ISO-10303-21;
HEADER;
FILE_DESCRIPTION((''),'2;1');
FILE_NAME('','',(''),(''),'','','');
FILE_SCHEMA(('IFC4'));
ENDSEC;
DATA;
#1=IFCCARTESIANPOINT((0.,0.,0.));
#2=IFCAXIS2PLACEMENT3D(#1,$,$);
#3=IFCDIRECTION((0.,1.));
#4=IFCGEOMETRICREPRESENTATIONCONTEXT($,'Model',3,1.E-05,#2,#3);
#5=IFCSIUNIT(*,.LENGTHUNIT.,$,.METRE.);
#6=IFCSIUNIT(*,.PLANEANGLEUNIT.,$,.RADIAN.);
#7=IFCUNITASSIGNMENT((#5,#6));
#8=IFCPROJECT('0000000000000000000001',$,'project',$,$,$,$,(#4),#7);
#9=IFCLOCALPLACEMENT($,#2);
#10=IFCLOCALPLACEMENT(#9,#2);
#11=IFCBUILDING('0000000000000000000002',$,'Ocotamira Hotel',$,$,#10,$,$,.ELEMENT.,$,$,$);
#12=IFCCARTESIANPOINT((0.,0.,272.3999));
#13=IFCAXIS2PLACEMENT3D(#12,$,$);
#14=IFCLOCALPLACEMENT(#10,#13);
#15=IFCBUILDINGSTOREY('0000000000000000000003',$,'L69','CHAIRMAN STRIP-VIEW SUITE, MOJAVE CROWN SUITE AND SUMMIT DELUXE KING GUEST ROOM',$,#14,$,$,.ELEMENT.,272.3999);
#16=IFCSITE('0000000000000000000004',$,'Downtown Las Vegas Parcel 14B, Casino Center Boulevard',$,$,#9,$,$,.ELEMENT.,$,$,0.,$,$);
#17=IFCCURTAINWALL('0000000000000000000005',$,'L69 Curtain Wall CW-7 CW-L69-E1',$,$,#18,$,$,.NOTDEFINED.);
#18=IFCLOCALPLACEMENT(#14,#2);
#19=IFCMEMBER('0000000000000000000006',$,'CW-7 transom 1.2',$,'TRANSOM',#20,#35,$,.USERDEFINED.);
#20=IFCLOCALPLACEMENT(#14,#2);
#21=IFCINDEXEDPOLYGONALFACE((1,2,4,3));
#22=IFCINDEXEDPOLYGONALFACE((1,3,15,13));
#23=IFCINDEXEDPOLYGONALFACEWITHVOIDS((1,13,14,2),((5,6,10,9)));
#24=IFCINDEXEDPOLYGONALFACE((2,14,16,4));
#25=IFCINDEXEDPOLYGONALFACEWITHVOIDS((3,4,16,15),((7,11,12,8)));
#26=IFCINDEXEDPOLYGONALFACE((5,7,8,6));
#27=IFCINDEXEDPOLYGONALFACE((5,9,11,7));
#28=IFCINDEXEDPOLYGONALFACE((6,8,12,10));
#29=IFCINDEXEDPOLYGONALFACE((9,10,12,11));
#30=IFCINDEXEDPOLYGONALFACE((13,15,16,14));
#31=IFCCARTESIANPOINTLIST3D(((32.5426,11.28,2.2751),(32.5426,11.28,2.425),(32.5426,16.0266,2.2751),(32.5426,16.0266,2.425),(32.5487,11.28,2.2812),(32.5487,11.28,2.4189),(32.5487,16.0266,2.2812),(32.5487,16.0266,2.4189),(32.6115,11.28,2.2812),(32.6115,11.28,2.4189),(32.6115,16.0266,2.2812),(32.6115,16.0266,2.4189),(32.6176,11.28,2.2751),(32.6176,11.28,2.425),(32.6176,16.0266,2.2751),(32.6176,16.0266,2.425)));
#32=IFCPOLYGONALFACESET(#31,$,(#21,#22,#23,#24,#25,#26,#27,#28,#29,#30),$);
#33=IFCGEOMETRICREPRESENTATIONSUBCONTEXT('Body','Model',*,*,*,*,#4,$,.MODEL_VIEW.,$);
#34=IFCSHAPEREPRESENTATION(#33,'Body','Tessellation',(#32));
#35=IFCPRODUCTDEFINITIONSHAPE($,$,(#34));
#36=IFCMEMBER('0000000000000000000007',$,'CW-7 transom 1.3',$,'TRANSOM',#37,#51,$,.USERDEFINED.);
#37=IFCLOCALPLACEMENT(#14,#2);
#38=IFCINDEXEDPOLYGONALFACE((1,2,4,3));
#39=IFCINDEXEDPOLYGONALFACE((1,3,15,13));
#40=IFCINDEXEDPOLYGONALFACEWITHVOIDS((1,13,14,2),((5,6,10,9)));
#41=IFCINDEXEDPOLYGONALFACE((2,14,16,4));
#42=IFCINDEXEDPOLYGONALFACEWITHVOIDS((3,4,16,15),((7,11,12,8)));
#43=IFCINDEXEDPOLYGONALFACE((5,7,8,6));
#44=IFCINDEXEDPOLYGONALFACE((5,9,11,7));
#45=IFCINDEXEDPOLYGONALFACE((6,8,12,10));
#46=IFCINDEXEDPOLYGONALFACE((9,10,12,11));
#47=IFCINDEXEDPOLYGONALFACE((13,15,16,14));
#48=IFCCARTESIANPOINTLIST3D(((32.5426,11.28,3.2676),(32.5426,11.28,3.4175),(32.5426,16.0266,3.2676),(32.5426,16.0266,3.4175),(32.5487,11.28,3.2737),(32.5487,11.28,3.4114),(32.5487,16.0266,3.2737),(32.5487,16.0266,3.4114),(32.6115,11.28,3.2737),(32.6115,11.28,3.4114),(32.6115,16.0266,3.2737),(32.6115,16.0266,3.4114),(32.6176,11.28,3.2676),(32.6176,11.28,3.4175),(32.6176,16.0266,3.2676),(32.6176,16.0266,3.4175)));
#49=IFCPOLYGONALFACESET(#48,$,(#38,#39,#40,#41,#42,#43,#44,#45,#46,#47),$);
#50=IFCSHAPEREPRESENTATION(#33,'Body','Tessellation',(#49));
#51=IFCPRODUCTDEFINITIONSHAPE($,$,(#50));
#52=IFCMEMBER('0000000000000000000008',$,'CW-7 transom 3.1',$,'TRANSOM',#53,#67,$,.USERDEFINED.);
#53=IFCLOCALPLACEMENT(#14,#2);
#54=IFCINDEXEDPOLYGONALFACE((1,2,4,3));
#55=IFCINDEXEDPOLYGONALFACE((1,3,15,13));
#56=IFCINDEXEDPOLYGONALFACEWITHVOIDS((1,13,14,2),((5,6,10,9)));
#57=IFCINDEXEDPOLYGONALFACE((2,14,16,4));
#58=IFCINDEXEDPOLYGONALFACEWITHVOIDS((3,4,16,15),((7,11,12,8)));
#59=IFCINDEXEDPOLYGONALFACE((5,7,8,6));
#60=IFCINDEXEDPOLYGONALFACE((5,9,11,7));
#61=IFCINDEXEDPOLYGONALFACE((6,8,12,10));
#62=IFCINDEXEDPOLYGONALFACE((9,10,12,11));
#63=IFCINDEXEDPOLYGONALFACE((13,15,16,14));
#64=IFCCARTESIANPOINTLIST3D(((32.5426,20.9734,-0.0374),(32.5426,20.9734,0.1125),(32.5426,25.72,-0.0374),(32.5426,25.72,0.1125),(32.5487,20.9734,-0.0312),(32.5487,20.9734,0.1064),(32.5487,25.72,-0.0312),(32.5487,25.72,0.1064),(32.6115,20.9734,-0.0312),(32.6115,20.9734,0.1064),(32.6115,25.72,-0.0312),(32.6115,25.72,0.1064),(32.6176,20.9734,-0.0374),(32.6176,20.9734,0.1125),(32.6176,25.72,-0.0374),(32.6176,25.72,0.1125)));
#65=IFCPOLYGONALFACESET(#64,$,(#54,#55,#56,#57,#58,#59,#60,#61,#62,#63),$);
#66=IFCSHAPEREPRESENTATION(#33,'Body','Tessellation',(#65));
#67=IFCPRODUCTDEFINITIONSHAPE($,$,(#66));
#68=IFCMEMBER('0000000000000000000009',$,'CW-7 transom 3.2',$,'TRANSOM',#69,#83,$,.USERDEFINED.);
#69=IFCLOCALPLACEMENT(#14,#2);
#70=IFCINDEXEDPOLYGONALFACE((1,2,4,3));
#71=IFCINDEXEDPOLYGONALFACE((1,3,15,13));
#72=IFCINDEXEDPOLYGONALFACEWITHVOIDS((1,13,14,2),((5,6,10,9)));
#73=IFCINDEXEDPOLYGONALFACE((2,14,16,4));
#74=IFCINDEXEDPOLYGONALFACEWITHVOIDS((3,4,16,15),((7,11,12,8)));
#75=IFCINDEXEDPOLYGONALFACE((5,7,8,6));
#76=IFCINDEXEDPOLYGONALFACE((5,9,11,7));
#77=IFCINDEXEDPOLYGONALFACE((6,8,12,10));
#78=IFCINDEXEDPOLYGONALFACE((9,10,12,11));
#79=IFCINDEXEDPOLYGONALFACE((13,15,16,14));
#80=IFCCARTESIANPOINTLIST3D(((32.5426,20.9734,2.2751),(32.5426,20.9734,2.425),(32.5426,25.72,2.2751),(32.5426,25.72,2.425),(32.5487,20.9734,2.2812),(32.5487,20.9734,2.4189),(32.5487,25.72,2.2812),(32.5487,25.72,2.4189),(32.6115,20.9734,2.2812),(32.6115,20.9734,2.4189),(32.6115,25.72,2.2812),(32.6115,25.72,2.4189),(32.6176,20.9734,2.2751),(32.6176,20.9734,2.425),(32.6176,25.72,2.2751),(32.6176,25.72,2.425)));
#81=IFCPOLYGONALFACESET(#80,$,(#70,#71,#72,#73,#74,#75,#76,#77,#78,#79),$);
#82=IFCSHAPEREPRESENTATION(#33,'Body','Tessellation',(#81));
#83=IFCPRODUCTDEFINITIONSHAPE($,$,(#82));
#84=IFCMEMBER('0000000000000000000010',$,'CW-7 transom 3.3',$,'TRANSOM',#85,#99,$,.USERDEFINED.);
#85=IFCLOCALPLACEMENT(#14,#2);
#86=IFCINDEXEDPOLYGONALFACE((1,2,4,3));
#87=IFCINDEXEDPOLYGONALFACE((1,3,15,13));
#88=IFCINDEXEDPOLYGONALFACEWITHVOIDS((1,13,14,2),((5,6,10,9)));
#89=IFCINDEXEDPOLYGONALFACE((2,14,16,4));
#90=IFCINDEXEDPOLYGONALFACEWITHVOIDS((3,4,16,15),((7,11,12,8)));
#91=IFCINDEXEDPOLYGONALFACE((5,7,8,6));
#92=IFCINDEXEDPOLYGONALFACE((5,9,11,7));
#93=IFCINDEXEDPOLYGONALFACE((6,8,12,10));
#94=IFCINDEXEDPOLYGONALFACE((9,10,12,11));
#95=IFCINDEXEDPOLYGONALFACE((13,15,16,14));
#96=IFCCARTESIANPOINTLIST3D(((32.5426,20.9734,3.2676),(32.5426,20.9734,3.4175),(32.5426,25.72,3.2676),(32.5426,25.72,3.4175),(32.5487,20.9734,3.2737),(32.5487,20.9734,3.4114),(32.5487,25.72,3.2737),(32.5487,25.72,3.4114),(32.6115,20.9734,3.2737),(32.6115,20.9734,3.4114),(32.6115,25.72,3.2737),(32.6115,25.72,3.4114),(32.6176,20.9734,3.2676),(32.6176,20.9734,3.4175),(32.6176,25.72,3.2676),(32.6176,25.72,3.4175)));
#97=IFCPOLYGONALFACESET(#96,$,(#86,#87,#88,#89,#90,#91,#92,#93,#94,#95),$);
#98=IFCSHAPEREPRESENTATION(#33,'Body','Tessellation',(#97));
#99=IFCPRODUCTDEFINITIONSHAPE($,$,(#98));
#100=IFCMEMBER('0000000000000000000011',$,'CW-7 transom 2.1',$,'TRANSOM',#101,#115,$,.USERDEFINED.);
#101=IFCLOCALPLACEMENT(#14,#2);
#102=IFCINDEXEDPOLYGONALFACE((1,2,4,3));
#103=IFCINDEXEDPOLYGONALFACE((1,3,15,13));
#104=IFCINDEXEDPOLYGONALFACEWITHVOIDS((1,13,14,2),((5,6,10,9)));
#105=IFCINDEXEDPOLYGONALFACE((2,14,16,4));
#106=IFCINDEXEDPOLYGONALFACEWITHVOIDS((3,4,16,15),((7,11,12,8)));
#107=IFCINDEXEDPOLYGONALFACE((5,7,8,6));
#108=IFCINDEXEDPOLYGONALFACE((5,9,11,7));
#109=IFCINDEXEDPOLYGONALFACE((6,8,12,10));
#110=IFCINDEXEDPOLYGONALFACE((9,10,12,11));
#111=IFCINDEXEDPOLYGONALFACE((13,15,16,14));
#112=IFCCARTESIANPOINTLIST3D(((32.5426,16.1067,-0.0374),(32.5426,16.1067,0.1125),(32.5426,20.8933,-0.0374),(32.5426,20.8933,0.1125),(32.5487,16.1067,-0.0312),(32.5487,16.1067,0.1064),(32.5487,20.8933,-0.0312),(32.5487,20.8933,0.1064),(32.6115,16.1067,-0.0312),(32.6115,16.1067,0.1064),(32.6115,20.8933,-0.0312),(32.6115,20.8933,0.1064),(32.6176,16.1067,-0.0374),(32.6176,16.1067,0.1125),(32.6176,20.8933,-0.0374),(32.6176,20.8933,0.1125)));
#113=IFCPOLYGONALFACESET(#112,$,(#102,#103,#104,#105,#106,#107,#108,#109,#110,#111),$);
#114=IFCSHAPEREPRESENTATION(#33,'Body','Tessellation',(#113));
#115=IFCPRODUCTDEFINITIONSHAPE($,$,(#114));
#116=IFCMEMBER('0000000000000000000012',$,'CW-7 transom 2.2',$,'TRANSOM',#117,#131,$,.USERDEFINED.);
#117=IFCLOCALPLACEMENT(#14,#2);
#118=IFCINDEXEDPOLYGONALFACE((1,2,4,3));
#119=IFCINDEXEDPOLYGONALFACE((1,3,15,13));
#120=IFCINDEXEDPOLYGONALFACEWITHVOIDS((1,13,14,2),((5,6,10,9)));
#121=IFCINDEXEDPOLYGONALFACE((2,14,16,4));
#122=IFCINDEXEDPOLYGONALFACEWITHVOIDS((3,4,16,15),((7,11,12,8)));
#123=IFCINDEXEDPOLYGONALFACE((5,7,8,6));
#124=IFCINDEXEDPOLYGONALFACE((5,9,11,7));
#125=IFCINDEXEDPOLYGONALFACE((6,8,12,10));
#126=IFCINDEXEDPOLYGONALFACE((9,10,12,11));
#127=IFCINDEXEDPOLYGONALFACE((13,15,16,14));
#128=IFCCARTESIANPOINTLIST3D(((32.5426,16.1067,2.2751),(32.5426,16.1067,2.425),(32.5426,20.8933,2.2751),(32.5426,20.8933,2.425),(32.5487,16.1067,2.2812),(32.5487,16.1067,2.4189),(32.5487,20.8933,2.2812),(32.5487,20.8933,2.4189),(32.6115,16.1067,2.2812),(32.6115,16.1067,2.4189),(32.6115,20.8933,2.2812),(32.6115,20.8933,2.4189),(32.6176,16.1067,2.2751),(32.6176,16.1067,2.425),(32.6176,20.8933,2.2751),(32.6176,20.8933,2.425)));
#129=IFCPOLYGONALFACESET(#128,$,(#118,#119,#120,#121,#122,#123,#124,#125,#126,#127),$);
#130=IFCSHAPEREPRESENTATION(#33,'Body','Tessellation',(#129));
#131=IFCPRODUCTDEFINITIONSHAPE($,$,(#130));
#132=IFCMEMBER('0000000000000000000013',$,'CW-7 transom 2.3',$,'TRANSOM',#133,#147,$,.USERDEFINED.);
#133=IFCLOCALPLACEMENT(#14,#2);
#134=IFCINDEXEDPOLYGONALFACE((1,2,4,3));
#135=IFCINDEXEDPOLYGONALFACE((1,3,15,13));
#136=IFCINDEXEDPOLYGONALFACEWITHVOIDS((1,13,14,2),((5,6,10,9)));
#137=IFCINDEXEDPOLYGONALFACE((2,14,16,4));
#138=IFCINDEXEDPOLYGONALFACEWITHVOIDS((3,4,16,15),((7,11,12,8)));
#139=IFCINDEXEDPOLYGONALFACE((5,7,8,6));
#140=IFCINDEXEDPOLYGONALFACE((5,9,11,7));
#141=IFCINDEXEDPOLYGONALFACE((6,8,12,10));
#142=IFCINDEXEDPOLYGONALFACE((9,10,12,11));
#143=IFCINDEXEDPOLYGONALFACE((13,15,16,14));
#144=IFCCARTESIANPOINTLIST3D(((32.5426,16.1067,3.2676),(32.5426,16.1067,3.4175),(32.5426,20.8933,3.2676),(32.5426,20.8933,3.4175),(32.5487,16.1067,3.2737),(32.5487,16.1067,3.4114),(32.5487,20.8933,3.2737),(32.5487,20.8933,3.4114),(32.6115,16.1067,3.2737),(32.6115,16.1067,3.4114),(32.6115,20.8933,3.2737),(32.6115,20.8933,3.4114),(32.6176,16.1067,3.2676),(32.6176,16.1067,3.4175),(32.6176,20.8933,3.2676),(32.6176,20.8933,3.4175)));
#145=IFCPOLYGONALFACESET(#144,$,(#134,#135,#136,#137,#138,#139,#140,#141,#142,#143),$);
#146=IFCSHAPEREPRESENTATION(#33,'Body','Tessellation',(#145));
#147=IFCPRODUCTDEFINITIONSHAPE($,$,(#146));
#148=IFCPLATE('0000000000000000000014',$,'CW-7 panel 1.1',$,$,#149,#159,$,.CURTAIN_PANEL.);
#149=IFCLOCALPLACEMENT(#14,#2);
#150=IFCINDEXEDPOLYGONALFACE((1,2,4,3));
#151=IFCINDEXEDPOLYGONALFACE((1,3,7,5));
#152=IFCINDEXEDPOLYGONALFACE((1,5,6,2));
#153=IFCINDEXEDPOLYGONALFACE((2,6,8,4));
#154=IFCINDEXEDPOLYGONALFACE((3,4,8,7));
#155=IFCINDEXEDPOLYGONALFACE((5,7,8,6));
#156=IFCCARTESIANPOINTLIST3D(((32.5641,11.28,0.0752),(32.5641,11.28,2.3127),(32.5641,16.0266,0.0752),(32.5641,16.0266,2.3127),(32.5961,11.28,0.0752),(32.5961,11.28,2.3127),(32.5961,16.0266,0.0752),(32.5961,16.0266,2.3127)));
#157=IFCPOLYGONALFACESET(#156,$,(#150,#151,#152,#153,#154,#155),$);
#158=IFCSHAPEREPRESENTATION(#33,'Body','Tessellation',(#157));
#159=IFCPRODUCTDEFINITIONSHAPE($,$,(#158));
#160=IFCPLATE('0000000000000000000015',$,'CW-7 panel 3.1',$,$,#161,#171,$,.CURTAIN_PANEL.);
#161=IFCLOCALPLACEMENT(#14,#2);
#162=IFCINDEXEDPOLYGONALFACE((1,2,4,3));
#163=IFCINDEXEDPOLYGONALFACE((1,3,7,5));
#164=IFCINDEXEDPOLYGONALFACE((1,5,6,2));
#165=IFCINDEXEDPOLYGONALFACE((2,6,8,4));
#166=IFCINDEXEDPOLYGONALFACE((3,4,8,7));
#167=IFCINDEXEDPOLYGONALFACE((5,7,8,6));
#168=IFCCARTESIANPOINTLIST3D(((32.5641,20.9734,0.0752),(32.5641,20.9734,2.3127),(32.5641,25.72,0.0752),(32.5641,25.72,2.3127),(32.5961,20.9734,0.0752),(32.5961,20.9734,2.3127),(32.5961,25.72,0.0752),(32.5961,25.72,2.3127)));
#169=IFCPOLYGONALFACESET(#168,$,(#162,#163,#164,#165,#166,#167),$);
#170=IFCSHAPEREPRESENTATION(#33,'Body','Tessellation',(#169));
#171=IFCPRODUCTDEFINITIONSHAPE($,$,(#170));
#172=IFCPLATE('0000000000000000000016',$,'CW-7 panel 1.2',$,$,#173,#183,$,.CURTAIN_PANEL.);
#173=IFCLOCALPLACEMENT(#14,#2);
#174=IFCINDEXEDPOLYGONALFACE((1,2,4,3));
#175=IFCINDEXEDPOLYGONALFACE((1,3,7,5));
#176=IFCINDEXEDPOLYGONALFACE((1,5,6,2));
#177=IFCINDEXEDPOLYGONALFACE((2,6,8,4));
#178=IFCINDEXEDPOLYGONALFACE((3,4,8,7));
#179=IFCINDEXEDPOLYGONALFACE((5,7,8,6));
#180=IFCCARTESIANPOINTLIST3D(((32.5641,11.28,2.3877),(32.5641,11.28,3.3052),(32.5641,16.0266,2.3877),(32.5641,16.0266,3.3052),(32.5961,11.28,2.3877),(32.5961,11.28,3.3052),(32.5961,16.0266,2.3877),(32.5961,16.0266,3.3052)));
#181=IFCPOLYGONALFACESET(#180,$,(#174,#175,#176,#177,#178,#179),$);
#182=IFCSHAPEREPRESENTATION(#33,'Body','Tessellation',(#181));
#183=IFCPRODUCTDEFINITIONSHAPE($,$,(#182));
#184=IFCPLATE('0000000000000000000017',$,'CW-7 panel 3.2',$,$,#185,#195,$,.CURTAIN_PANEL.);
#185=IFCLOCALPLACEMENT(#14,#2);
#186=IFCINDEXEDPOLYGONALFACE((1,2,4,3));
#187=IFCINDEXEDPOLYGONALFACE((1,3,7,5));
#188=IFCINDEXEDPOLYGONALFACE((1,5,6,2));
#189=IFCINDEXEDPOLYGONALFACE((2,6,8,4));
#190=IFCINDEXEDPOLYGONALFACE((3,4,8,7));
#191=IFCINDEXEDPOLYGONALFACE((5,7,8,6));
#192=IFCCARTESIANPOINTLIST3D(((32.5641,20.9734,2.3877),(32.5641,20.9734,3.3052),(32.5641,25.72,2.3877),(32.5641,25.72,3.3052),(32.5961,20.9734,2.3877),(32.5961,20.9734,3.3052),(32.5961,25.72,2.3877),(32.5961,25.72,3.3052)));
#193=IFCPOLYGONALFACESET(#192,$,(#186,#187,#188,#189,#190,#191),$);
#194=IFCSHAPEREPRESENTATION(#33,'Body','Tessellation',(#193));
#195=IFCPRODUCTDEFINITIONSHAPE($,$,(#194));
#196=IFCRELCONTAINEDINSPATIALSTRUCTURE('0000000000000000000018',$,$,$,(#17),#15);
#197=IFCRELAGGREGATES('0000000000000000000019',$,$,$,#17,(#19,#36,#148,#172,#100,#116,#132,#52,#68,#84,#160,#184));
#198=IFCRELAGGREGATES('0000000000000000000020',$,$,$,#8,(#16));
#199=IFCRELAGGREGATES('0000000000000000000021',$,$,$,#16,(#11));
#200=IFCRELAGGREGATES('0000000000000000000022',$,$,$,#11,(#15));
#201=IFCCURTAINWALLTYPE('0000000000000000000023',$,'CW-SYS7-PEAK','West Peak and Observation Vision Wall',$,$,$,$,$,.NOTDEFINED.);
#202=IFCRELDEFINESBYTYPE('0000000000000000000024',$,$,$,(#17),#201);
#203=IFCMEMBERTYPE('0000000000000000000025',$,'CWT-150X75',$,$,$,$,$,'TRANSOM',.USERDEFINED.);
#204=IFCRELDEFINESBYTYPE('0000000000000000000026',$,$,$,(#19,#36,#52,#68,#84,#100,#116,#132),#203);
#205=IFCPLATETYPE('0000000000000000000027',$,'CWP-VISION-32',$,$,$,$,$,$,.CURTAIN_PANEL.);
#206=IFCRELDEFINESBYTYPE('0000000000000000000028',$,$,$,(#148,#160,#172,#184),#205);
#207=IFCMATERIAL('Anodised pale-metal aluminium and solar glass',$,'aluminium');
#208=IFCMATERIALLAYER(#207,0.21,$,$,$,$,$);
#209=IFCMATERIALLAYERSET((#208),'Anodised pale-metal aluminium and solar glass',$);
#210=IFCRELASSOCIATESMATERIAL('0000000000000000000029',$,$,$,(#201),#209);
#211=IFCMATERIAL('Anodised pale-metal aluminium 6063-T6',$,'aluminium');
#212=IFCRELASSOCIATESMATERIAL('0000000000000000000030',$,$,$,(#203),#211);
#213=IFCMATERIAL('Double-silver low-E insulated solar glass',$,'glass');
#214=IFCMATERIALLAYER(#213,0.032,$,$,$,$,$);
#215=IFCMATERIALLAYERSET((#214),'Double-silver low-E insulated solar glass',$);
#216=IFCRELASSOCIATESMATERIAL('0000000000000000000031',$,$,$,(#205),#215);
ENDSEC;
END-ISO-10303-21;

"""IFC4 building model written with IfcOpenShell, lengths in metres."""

from ifc_helpers import new_model, si_unit, direction, frame, origin, origin_2d, place, context, subcontext, project, spatial, rectangle, hollow_rectangle, extrude, source, transform, mapped, material, layer, layer_set, material_profile, profile_set, type_object, element, aggregate, save


model = new_model("IFC4")

# Units and contexts
model_context = context("Model", 3, precision=1e-05, world=origin(), true_north=direction((0.0, 1.0)))
body_context = subcontext(model_context, "Body", "Model", "MODEL_VIEW")
ifc_project = project(units=[si_unit("LENGTHUNIT", "METRE"), si_unit("PLANEANGLEUNIT", "RADIAN")], contexts=[model_context])

# Site, building, storey
site_placement = place(None, origin())
site = spatial("IfcSite", under=ifc_project, at=site_placement, Name="Downtown Las Vegas Parcel 14B, Casino Center Boulevard", CompositionType="ELEMENT", RefElevation=0.0)
building_placement = place(site_placement, origin())
building = spatial("IfcBuilding", under=site, at=building_placement, Name="Ocotamira Hotel", CompositionType="ELEMENT")
storey_placement = place(building_placement, frame((0.0, 0.0, 272.3999)))
storey = spatial("IfcBuildingStorey", under=building, at=storey_placement, Name="L69", Description="CHAIRMAN STRIP-VIEW SUITE, MOJAVE CROWN SUITE AND SUMMIT DELUXE KING GUEST ROOM", CompositionType="ELEMENT", Elevation=272.3999)

# Curtain wall, members, plates
ifc_material_1 = material(Name="Anodised pale-metal aluminium and solar glass", Category="aluminium")
ifc_layer_1 = layer(ifc_material_1, 0.21)
ifc_layer_set_1 = layer_set([ifc_layer_1], Name="Anodised pale-metal aluminium and solar glass")
curtain_wall_type = type_object("IfcCurtainWallType", Name="CW-SYS7-PEAK", Description="West Peak and Observation Vision Wall", PredefinedType="NOTDEFINED", material=ifc_layer_set_1)
curtain_wall_placement = place(storey_placement, origin())
curtain_wall = element("IfcCurtainWall", 1, at=curtain_wall_placement, inside=storey, type_object=curtain_wall_type, Name="L69 Curtain Wall CW-7 CW-L69-E1", PredefinedType="NOTDEFINED")
ifc_material_2 = material(Name="Anodised pale-metal aluminium 6063-T6", Category="aluminium")
ifc_material_profile_1 = material_profile(ifc_material_2, hollow_rectangle(XDim=0.075, YDim=0.1499, WallThickness=0.0061, at=origin_2d()), Name="HSS150X75X6")
ifc_profile_set_1 = profile_set([ifc_material_profile_1], Name="Anodised pale-metal aluminium 6063-T6")
member_type_1 = type_object("IfcMemberType", Name="CWT-150X75", ElementType="TRANSOM", PredefinedType="USERDEFINED", material=ifc_profile_set_1)
shared_shape_1 = source(origin(), body_context, "Body", "SweptSolid", [
    extrude(hollow_rectangle(XDim=0.075, YDim=0.1499, WallThickness=0.0061, at=origin_2d()), origin(), (0.0, 0.0, 1.0), 4.7466),
])
member_1_placement = place(storey_placement, frame((32.5801, 11.28, 2.3501), z_axis=(0.0, 1.0, 0.0), x_axis=(-1.0, 0.0, 0.0)))
member_1 = element("IfcMember", 2, at=member_1_placement, type_object=member_type_1, Name="CW-7 transom 1.2", ObjectType="TRANSOM", PredefinedType="USERDEFINED", context=body_context, shape_type="MappedRepresentation", body=[
    mapped(shared_shape_1, transform((0.0, 0.0, 0.0), scale=1.0)),
])
member_2_placement = place(storey_placement, frame((32.5801, 11.28, 3.3425), z_axis=(0.0, 1.0, 0.0), x_axis=(-1.0, 0.0, 0.0)))
member_2 = element("IfcMember", 3, at=member_2_placement, type_object=member_type_1, Name="CW-7 transom 1.3", ObjectType="TRANSOM", PredefinedType="USERDEFINED", context=body_context, shape_type="MappedRepresentation", body=[
    mapped(shared_shape_1, transform((0.0, 0.0, 0.0), scale=1.0)),
])
member_3_placement = place(storey_placement, frame((32.5801, 20.9734, 0.0376), z_axis=(0.0, 1.0, 0.0), x_axis=(-1.0, 0.0, 0.0)))
member_3 = element("IfcMember", 4, at=member_3_placement, type_object=member_type_1, Name="CW-7 transom 3.1", ObjectType="TRANSOM", PredefinedType="USERDEFINED", context=body_context, shape_type="MappedRepresentation", body=[
    mapped(shared_shape_1, transform((0.0, 0.0, 0.0), scale=1.0)),
])
member_4_placement = place(storey_placement, frame((32.5801, 20.9734, 2.3501), z_axis=(0.0, 1.0, 0.0), x_axis=(-1.0, 0.0, 0.0)))
member_4 = element("IfcMember", 5, at=member_4_placement, type_object=member_type_1, Name="CW-7 transom 3.2", ObjectType="TRANSOM", PredefinedType="USERDEFINED", context=body_context, shape_type="MappedRepresentation", body=[
    mapped(shared_shape_1, transform((0.0, 0.0, 0.0), scale=1.0)),
])
member_5_placement = place(storey_placement, frame((32.5801, 20.9734, 3.3425), z_axis=(0.0, 1.0, 0.0), x_axis=(-1.0, 0.0, 0.0)))
member_5 = element("IfcMember", 6, at=member_5_placement, type_object=member_type_1, Name="CW-7 transom 3.3", ObjectType="TRANSOM", PredefinedType="USERDEFINED", context=body_context, shape_type="MappedRepresentation", body=[
    mapped(shared_shape_1, transform((0.0, 0.0, 0.0), scale=1.0)),
])
shared_shape_2 = source(origin(), body_context, "Body", "SweptSolid", [
    extrude(hollow_rectangle(XDim=0.075, YDim=0.1499, WallThickness=0.0061, at=origin_2d()), origin(), (0.0, 0.0, 1.0), 4.7866),
])
member_6_placement = place(storey_placement, frame((32.5801, 16.1067, 0.0376), z_axis=(0.0, 1.0, 0.0), x_axis=(-1.0, 0.0, 0.0)))
member_6 = element("IfcMember", 7, at=member_6_placement, type_object=member_type_1, Name="CW-7 transom 2.1", ObjectType="TRANSOM", PredefinedType="USERDEFINED", context=body_context, shape_type="MappedRepresentation", body=[
    mapped(shared_shape_2, transform((0.0, 0.0, 0.0), scale=1.0)),
])
member_7_placement = place(storey_placement, frame((32.5801, 16.1067, 2.3501), z_axis=(0.0, 1.0, 0.0), x_axis=(-1.0, 0.0, 0.0)))
member_7 = element("IfcMember", 8, at=member_7_placement, type_object=member_type_1, Name="CW-7 transom 2.2", ObjectType="TRANSOM", PredefinedType="USERDEFINED", context=body_context, shape_type="MappedRepresentation", body=[
    mapped(shared_shape_2, transform((0.0, 0.0, 0.0), scale=1.0)),
])
member_8_placement = place(storey_placement, frame((32.5801, 16.1067, 3.3425), z_axis=(0.0, 1.0, 0.0), x_axis=(-1.0, 0.0, 0.0)))
member_8 = element("IfcMember", 9, at=member_8_placement, type_object=member_type_1, Name="CW-7 transom 2.3", ObjectType="TRANSOM", PredefinedType="USERDEFINED", context=body_context, shape_type="MappedRepresentation", body=[
    mapped(shared_shape_2, transform((0.0, 0.0, 0.0), scale=1.0)),
])
ifc_material_3 = material(Name="Double-silver low-E insulated solar glass", Category="glass")
ifc_layer_2 = layer(ifc_material_3, 0.032)
ifc_layer_set_2 = layer_set([ifc_layer_2], Name="Double-silver low-E insulated solar glass")
plate_type = type_object("IfcPlateType", Name="CWP-VISION-32", PredefinedType="CURTAIN_PANEL", material=ifc_layer_set_2)
shared_shape_3 = source(origin(), body_context, "Body", "SweptSolid", [
    extrude(rectangle(XDim=4.7466, YDim=0.032, at=origin_2d()), origin(), (0.0, 0.0, 1.0), 2.2375),
])
plate_1_placement = place(storey_placement, frame((32.5801, 13.6533, 0.0752), z_axis=(0.0, 0.0, 1.0), x_axis=(0.0, 1.0, 0.0)))
plate_1 = element("IfcPlate", 10, at=plate_1_placement, type_object=plate_type, Name="CW-7 panel 1.1", PredefinedType="CURTAIN_PANEL", context=body_context, shape_type="MappedRepresentation", body=[
    mapped(shared_shape_3, transform((0.0, 0.0, 0.0), scale=1.0)),
])
plate_2_placement = place(storey_placement, frame((32.5801, 23.3467, 0.0752), z_axis=(0.0, 0.0, 1.0), x_axis=(0.0, 1.0, 0.0)))
plate_2 = element("IfcPlate", 11, at=plate_2_placement, type_object=plate_type, Name="CW-7 panel 3.1", PredefinedType="CURTAIN_PANEL", context=body_context, shape_type="MappedRepresentation", body=[
    mapped(shared_shape_3, transform((0.0, 0.0, 0.0), scale=1.0)),
])
shared_shape_4 = source(origin(), body_context, "Body", "SweptSolid", [
    extrude(rectangle(XDim=4.7466, YDim=0.032, at=origin_2d()), origin(), (0.0, 0.0, 1.0), 0.9175),
])
plate_3_placement = place(storey_placement, frame((32.5801, 13.6533, 2.3877), z_axis=(0.0, 0.0, 1.0), x_axis=(0.0, 1.0, 0.0)))
plate_3 = element("IfcPlate", 12, at=plate_3_placement, type_object=plate_type, Name="CW-7 panel 1.2", PredefinedType="CURTAIN_PANEL", context=body_context, shape_type="MappedRepresentation", body=[
    mapped(shared_shape_4, transform((0.0, 0.0, 0.0), scale=1.0)),
])
plate_4_placement = place(storey_placement, frame((32.5801, 23.3467, 2.3877), z_axis=(0.0, 0.0, 1.0), x_axis=(0.0, 1.0, 0.0)))
plate_4 = element("IfcPlate", 13, at=plate_4_placement, type_object=plate_type, Name="CW-7 panel 3.2", PredefinedType="CURTAIN_PANEL", context=body_context, shape_type="MappedRepresentation", body=[
    mapped(shared_shape_4, transform((0.0, 0.0, 0.0), scale=1.0)),
])
aggregate(curtain_wall, [member_1, member_2, plate_1, plate_3, member_6, member_7, member_8, member_3, member_4, member_5, plate_2, plate_4])

save(model, "model.ifc")
